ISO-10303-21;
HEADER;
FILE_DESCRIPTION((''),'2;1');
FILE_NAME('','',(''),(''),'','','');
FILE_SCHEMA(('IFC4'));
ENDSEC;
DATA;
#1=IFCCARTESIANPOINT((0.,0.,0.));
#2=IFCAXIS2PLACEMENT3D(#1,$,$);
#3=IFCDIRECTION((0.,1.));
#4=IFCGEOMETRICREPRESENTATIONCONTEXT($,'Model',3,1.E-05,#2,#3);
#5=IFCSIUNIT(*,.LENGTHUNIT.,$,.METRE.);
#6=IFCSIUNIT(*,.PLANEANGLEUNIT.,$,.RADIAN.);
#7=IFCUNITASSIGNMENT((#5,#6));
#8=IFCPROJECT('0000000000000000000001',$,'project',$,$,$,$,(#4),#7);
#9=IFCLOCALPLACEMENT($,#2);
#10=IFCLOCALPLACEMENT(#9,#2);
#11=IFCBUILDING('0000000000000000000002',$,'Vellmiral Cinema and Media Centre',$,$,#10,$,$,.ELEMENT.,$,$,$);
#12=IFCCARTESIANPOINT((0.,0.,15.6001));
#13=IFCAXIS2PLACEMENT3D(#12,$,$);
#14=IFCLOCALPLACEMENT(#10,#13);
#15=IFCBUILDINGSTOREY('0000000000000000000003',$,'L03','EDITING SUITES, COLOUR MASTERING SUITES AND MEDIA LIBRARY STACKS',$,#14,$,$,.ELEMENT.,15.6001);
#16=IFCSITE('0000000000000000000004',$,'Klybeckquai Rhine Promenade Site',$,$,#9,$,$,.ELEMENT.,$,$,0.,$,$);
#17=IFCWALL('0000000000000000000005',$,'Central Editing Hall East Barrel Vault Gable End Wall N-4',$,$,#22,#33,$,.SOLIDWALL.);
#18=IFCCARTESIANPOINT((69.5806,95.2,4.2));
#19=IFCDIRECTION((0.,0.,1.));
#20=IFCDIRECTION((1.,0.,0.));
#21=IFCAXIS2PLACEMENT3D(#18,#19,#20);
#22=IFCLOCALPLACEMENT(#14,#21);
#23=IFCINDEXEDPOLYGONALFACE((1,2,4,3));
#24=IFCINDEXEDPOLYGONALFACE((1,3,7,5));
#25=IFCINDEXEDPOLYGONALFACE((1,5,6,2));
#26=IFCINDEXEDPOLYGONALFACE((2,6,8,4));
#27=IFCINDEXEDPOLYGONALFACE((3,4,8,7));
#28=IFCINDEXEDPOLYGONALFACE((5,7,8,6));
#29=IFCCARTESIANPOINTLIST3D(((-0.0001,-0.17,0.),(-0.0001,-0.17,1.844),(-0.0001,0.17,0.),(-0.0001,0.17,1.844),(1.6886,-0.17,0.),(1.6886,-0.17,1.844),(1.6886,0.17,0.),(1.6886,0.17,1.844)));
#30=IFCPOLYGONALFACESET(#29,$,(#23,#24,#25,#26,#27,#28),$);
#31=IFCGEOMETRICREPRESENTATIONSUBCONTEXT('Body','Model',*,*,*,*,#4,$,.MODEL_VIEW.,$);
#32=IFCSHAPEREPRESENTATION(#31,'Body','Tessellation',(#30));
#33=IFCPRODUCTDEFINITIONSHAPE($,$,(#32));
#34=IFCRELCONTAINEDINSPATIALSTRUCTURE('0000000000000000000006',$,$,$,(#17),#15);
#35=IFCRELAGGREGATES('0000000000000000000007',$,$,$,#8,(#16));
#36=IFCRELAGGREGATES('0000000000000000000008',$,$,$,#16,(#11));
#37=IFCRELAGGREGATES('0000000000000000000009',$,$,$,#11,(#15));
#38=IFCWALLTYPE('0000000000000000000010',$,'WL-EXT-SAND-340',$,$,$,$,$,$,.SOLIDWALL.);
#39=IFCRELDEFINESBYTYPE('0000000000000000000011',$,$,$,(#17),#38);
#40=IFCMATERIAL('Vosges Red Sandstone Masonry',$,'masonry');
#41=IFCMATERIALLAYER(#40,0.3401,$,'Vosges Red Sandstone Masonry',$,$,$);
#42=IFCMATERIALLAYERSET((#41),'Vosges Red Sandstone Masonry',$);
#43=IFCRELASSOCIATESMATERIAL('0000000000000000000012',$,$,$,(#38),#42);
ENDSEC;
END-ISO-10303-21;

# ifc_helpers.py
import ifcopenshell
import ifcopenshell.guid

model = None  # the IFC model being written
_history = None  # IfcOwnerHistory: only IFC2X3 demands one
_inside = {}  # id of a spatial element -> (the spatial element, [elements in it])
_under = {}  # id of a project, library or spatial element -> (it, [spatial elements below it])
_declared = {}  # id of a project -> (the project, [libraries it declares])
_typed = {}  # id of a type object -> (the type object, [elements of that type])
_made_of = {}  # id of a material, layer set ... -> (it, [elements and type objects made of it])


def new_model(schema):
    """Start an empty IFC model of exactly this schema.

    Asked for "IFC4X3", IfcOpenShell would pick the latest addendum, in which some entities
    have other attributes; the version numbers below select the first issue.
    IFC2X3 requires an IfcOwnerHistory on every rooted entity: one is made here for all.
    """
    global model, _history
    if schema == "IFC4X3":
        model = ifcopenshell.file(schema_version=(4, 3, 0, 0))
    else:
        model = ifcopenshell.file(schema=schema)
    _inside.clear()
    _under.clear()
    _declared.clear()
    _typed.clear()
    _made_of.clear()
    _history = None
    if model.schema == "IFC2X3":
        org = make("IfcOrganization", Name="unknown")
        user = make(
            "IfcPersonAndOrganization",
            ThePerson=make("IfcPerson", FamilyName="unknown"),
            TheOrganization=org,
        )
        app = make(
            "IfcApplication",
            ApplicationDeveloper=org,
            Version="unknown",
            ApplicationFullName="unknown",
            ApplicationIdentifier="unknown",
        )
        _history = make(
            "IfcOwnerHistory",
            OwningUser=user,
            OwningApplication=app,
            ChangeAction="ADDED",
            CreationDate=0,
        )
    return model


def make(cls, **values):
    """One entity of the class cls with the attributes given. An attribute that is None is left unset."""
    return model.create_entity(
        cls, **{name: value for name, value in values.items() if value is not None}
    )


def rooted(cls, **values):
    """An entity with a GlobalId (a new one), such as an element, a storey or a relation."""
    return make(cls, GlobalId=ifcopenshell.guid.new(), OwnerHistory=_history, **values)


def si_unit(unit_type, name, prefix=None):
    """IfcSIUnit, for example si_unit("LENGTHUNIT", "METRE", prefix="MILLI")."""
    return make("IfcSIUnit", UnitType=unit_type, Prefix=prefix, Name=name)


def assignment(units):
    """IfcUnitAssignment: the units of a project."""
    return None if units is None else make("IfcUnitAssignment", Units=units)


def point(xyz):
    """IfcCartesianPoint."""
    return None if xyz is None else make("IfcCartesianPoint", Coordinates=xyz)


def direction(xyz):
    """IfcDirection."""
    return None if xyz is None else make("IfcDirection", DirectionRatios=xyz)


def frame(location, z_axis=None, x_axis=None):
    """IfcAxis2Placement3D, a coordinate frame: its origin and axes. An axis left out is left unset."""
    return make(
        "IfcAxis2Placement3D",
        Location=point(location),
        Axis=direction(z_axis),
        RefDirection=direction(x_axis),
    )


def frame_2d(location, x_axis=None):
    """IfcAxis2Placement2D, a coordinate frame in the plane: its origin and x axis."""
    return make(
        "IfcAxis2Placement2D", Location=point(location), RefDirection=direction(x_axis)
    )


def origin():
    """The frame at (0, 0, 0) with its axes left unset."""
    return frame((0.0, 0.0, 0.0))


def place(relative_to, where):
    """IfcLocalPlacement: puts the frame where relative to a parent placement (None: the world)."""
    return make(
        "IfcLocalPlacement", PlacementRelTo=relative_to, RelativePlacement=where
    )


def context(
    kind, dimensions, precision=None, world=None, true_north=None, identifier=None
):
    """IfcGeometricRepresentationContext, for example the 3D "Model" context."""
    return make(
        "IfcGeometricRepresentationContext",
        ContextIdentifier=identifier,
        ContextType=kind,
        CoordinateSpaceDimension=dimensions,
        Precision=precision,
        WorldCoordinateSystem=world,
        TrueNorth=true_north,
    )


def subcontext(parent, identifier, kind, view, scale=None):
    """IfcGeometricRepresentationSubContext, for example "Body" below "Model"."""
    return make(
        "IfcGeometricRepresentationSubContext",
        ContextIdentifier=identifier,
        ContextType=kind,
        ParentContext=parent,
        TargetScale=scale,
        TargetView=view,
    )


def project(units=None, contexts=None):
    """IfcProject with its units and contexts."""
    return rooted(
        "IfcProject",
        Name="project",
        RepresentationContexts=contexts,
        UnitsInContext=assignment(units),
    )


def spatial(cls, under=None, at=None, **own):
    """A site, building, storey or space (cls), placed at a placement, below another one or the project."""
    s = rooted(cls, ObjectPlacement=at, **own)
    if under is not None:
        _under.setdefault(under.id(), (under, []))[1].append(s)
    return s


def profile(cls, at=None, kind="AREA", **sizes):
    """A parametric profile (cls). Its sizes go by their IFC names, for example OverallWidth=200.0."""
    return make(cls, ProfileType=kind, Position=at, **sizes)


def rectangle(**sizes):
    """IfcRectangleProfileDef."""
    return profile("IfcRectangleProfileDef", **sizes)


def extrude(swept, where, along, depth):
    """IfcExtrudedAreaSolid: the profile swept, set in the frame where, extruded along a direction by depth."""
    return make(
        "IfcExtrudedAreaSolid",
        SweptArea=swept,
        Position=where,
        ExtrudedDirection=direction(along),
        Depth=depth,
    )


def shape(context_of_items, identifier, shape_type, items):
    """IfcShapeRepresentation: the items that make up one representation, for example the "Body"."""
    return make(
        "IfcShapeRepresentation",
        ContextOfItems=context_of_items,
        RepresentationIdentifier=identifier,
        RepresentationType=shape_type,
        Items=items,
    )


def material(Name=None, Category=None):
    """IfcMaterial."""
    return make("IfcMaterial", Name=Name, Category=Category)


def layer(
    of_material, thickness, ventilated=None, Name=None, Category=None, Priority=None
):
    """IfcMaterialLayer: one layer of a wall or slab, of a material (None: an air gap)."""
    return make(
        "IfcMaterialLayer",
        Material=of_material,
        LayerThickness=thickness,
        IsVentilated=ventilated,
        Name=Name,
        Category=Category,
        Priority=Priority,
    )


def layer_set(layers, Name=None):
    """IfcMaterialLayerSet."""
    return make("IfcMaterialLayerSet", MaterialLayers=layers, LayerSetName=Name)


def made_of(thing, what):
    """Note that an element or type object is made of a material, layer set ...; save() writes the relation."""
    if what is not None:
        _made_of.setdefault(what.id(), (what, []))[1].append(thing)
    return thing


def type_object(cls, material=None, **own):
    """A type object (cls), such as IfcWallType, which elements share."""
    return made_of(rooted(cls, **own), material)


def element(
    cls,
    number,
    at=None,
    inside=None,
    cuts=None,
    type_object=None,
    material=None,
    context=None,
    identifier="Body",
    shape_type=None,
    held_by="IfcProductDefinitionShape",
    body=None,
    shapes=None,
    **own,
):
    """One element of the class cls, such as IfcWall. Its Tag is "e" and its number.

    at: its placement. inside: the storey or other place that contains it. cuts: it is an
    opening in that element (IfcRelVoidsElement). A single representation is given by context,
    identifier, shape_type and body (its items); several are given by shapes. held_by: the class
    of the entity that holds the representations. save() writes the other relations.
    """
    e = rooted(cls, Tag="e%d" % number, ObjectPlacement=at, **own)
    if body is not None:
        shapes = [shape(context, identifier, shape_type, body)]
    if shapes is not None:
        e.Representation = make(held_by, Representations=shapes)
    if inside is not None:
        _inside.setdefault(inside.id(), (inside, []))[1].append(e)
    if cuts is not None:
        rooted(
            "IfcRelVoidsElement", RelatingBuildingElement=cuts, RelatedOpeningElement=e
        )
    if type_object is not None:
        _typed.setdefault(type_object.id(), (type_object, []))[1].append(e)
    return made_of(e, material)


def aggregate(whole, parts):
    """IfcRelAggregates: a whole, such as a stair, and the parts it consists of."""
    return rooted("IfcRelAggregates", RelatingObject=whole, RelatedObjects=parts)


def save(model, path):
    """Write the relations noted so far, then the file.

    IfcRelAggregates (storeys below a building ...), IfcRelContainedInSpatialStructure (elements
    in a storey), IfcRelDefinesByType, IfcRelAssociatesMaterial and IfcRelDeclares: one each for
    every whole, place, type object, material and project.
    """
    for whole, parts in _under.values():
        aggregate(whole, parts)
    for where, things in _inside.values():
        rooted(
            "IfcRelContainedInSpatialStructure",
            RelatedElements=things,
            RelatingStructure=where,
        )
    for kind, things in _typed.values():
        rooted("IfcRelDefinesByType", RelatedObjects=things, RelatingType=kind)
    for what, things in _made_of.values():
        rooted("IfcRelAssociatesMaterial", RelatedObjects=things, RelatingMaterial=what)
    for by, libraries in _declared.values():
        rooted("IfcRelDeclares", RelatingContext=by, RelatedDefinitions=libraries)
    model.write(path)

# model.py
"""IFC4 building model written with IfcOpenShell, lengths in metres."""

from ifc_helpers import new_model, si_unit, direction, frame, frame_2d, origin, place, context, subcontext, project, spatial, rectangle, extrude, material, layer, layer_set, type_object, element, save


model = new_model("IFC4")

# Units and contexts
model_context = context("Model", 3, precision=1e-05, world=origin(), true_north=direction((0.0, 1.0)))
body_context = subcontext(model_context, "Body", "Model", "MODEL_VIEW")
ifc_project = project(units=[si_unit("LENGTHUNIT", "METRE"), si_unit("PLANEANGLEUNIT", "RADIAN")], contexts=[model_context])

# Site, building, storey
site_placement = place(None, origin())
site = spatial("IfcSite", under=ifc_project, at=site_placement, Name="Klybeckquai Rhine Promenade Site", CompositionType="ELEMENT", RefElevation=0.0)
building_placement = place(site_placement, origin())
building = spatial("IfcBuilding", under=site, at=building_placement, Name="Vellmiral Cinema and Media Centre", CompositionType="ELEMENT")
storey_placement = place(building_placement, frame((0.0, 0.0, 15.6001)))
storey = spatial("IfcBuildingStorey", under=building, at=storey_placement, Name="L03", Description="EDITING SUITES, COLOUR MASTERING SUITES AND MEDIA LIBRARY STACKS", CompositionType="ELEMENT", Elevation=15.6001)

# Wall
ifc_material_1 = material(Name="Vosges Red Sandstone Masonry", Category="masonry")
ifc_layer_1 = layer(ifc_material_1, 0.3401, Name="Vosges Red Sandstone Masonry")
ifc_layer_set_1 = layer_set([ifc_layer_1], Name="Vosges Red Sandstone Masonry")
wall_type_1 = type_object("IfcWallType", Name="WL-EXT-SAND-340", PredefinedType="SOLIDWALL", material=ifc_layer_set_1)
wall_1_placement = place(storey_placement, frame((69.5806, 95.2, 4.2), z_axis=(0.0, 0.0, 1.0), x_axis=(1.0, 0.0, 0.0)))
element("IfcWall", 1, at=wall_1_placement, inside=storey, type_object=wall_type_1, Name="Central Editing Hall East Barrel Vault Gable End Wall N-4", PredefinedType="SOLIDWALL", context=body_context, shape_type="SweptSolid", body=[
    extrude(rectangle(XDim=1.6887, YDim=0.3401, at=frame_2d((0.8442, 0.0))), origin(), (0.0, 0.0, 1.0), 1.844),
])

save(model, "model.ifc")
